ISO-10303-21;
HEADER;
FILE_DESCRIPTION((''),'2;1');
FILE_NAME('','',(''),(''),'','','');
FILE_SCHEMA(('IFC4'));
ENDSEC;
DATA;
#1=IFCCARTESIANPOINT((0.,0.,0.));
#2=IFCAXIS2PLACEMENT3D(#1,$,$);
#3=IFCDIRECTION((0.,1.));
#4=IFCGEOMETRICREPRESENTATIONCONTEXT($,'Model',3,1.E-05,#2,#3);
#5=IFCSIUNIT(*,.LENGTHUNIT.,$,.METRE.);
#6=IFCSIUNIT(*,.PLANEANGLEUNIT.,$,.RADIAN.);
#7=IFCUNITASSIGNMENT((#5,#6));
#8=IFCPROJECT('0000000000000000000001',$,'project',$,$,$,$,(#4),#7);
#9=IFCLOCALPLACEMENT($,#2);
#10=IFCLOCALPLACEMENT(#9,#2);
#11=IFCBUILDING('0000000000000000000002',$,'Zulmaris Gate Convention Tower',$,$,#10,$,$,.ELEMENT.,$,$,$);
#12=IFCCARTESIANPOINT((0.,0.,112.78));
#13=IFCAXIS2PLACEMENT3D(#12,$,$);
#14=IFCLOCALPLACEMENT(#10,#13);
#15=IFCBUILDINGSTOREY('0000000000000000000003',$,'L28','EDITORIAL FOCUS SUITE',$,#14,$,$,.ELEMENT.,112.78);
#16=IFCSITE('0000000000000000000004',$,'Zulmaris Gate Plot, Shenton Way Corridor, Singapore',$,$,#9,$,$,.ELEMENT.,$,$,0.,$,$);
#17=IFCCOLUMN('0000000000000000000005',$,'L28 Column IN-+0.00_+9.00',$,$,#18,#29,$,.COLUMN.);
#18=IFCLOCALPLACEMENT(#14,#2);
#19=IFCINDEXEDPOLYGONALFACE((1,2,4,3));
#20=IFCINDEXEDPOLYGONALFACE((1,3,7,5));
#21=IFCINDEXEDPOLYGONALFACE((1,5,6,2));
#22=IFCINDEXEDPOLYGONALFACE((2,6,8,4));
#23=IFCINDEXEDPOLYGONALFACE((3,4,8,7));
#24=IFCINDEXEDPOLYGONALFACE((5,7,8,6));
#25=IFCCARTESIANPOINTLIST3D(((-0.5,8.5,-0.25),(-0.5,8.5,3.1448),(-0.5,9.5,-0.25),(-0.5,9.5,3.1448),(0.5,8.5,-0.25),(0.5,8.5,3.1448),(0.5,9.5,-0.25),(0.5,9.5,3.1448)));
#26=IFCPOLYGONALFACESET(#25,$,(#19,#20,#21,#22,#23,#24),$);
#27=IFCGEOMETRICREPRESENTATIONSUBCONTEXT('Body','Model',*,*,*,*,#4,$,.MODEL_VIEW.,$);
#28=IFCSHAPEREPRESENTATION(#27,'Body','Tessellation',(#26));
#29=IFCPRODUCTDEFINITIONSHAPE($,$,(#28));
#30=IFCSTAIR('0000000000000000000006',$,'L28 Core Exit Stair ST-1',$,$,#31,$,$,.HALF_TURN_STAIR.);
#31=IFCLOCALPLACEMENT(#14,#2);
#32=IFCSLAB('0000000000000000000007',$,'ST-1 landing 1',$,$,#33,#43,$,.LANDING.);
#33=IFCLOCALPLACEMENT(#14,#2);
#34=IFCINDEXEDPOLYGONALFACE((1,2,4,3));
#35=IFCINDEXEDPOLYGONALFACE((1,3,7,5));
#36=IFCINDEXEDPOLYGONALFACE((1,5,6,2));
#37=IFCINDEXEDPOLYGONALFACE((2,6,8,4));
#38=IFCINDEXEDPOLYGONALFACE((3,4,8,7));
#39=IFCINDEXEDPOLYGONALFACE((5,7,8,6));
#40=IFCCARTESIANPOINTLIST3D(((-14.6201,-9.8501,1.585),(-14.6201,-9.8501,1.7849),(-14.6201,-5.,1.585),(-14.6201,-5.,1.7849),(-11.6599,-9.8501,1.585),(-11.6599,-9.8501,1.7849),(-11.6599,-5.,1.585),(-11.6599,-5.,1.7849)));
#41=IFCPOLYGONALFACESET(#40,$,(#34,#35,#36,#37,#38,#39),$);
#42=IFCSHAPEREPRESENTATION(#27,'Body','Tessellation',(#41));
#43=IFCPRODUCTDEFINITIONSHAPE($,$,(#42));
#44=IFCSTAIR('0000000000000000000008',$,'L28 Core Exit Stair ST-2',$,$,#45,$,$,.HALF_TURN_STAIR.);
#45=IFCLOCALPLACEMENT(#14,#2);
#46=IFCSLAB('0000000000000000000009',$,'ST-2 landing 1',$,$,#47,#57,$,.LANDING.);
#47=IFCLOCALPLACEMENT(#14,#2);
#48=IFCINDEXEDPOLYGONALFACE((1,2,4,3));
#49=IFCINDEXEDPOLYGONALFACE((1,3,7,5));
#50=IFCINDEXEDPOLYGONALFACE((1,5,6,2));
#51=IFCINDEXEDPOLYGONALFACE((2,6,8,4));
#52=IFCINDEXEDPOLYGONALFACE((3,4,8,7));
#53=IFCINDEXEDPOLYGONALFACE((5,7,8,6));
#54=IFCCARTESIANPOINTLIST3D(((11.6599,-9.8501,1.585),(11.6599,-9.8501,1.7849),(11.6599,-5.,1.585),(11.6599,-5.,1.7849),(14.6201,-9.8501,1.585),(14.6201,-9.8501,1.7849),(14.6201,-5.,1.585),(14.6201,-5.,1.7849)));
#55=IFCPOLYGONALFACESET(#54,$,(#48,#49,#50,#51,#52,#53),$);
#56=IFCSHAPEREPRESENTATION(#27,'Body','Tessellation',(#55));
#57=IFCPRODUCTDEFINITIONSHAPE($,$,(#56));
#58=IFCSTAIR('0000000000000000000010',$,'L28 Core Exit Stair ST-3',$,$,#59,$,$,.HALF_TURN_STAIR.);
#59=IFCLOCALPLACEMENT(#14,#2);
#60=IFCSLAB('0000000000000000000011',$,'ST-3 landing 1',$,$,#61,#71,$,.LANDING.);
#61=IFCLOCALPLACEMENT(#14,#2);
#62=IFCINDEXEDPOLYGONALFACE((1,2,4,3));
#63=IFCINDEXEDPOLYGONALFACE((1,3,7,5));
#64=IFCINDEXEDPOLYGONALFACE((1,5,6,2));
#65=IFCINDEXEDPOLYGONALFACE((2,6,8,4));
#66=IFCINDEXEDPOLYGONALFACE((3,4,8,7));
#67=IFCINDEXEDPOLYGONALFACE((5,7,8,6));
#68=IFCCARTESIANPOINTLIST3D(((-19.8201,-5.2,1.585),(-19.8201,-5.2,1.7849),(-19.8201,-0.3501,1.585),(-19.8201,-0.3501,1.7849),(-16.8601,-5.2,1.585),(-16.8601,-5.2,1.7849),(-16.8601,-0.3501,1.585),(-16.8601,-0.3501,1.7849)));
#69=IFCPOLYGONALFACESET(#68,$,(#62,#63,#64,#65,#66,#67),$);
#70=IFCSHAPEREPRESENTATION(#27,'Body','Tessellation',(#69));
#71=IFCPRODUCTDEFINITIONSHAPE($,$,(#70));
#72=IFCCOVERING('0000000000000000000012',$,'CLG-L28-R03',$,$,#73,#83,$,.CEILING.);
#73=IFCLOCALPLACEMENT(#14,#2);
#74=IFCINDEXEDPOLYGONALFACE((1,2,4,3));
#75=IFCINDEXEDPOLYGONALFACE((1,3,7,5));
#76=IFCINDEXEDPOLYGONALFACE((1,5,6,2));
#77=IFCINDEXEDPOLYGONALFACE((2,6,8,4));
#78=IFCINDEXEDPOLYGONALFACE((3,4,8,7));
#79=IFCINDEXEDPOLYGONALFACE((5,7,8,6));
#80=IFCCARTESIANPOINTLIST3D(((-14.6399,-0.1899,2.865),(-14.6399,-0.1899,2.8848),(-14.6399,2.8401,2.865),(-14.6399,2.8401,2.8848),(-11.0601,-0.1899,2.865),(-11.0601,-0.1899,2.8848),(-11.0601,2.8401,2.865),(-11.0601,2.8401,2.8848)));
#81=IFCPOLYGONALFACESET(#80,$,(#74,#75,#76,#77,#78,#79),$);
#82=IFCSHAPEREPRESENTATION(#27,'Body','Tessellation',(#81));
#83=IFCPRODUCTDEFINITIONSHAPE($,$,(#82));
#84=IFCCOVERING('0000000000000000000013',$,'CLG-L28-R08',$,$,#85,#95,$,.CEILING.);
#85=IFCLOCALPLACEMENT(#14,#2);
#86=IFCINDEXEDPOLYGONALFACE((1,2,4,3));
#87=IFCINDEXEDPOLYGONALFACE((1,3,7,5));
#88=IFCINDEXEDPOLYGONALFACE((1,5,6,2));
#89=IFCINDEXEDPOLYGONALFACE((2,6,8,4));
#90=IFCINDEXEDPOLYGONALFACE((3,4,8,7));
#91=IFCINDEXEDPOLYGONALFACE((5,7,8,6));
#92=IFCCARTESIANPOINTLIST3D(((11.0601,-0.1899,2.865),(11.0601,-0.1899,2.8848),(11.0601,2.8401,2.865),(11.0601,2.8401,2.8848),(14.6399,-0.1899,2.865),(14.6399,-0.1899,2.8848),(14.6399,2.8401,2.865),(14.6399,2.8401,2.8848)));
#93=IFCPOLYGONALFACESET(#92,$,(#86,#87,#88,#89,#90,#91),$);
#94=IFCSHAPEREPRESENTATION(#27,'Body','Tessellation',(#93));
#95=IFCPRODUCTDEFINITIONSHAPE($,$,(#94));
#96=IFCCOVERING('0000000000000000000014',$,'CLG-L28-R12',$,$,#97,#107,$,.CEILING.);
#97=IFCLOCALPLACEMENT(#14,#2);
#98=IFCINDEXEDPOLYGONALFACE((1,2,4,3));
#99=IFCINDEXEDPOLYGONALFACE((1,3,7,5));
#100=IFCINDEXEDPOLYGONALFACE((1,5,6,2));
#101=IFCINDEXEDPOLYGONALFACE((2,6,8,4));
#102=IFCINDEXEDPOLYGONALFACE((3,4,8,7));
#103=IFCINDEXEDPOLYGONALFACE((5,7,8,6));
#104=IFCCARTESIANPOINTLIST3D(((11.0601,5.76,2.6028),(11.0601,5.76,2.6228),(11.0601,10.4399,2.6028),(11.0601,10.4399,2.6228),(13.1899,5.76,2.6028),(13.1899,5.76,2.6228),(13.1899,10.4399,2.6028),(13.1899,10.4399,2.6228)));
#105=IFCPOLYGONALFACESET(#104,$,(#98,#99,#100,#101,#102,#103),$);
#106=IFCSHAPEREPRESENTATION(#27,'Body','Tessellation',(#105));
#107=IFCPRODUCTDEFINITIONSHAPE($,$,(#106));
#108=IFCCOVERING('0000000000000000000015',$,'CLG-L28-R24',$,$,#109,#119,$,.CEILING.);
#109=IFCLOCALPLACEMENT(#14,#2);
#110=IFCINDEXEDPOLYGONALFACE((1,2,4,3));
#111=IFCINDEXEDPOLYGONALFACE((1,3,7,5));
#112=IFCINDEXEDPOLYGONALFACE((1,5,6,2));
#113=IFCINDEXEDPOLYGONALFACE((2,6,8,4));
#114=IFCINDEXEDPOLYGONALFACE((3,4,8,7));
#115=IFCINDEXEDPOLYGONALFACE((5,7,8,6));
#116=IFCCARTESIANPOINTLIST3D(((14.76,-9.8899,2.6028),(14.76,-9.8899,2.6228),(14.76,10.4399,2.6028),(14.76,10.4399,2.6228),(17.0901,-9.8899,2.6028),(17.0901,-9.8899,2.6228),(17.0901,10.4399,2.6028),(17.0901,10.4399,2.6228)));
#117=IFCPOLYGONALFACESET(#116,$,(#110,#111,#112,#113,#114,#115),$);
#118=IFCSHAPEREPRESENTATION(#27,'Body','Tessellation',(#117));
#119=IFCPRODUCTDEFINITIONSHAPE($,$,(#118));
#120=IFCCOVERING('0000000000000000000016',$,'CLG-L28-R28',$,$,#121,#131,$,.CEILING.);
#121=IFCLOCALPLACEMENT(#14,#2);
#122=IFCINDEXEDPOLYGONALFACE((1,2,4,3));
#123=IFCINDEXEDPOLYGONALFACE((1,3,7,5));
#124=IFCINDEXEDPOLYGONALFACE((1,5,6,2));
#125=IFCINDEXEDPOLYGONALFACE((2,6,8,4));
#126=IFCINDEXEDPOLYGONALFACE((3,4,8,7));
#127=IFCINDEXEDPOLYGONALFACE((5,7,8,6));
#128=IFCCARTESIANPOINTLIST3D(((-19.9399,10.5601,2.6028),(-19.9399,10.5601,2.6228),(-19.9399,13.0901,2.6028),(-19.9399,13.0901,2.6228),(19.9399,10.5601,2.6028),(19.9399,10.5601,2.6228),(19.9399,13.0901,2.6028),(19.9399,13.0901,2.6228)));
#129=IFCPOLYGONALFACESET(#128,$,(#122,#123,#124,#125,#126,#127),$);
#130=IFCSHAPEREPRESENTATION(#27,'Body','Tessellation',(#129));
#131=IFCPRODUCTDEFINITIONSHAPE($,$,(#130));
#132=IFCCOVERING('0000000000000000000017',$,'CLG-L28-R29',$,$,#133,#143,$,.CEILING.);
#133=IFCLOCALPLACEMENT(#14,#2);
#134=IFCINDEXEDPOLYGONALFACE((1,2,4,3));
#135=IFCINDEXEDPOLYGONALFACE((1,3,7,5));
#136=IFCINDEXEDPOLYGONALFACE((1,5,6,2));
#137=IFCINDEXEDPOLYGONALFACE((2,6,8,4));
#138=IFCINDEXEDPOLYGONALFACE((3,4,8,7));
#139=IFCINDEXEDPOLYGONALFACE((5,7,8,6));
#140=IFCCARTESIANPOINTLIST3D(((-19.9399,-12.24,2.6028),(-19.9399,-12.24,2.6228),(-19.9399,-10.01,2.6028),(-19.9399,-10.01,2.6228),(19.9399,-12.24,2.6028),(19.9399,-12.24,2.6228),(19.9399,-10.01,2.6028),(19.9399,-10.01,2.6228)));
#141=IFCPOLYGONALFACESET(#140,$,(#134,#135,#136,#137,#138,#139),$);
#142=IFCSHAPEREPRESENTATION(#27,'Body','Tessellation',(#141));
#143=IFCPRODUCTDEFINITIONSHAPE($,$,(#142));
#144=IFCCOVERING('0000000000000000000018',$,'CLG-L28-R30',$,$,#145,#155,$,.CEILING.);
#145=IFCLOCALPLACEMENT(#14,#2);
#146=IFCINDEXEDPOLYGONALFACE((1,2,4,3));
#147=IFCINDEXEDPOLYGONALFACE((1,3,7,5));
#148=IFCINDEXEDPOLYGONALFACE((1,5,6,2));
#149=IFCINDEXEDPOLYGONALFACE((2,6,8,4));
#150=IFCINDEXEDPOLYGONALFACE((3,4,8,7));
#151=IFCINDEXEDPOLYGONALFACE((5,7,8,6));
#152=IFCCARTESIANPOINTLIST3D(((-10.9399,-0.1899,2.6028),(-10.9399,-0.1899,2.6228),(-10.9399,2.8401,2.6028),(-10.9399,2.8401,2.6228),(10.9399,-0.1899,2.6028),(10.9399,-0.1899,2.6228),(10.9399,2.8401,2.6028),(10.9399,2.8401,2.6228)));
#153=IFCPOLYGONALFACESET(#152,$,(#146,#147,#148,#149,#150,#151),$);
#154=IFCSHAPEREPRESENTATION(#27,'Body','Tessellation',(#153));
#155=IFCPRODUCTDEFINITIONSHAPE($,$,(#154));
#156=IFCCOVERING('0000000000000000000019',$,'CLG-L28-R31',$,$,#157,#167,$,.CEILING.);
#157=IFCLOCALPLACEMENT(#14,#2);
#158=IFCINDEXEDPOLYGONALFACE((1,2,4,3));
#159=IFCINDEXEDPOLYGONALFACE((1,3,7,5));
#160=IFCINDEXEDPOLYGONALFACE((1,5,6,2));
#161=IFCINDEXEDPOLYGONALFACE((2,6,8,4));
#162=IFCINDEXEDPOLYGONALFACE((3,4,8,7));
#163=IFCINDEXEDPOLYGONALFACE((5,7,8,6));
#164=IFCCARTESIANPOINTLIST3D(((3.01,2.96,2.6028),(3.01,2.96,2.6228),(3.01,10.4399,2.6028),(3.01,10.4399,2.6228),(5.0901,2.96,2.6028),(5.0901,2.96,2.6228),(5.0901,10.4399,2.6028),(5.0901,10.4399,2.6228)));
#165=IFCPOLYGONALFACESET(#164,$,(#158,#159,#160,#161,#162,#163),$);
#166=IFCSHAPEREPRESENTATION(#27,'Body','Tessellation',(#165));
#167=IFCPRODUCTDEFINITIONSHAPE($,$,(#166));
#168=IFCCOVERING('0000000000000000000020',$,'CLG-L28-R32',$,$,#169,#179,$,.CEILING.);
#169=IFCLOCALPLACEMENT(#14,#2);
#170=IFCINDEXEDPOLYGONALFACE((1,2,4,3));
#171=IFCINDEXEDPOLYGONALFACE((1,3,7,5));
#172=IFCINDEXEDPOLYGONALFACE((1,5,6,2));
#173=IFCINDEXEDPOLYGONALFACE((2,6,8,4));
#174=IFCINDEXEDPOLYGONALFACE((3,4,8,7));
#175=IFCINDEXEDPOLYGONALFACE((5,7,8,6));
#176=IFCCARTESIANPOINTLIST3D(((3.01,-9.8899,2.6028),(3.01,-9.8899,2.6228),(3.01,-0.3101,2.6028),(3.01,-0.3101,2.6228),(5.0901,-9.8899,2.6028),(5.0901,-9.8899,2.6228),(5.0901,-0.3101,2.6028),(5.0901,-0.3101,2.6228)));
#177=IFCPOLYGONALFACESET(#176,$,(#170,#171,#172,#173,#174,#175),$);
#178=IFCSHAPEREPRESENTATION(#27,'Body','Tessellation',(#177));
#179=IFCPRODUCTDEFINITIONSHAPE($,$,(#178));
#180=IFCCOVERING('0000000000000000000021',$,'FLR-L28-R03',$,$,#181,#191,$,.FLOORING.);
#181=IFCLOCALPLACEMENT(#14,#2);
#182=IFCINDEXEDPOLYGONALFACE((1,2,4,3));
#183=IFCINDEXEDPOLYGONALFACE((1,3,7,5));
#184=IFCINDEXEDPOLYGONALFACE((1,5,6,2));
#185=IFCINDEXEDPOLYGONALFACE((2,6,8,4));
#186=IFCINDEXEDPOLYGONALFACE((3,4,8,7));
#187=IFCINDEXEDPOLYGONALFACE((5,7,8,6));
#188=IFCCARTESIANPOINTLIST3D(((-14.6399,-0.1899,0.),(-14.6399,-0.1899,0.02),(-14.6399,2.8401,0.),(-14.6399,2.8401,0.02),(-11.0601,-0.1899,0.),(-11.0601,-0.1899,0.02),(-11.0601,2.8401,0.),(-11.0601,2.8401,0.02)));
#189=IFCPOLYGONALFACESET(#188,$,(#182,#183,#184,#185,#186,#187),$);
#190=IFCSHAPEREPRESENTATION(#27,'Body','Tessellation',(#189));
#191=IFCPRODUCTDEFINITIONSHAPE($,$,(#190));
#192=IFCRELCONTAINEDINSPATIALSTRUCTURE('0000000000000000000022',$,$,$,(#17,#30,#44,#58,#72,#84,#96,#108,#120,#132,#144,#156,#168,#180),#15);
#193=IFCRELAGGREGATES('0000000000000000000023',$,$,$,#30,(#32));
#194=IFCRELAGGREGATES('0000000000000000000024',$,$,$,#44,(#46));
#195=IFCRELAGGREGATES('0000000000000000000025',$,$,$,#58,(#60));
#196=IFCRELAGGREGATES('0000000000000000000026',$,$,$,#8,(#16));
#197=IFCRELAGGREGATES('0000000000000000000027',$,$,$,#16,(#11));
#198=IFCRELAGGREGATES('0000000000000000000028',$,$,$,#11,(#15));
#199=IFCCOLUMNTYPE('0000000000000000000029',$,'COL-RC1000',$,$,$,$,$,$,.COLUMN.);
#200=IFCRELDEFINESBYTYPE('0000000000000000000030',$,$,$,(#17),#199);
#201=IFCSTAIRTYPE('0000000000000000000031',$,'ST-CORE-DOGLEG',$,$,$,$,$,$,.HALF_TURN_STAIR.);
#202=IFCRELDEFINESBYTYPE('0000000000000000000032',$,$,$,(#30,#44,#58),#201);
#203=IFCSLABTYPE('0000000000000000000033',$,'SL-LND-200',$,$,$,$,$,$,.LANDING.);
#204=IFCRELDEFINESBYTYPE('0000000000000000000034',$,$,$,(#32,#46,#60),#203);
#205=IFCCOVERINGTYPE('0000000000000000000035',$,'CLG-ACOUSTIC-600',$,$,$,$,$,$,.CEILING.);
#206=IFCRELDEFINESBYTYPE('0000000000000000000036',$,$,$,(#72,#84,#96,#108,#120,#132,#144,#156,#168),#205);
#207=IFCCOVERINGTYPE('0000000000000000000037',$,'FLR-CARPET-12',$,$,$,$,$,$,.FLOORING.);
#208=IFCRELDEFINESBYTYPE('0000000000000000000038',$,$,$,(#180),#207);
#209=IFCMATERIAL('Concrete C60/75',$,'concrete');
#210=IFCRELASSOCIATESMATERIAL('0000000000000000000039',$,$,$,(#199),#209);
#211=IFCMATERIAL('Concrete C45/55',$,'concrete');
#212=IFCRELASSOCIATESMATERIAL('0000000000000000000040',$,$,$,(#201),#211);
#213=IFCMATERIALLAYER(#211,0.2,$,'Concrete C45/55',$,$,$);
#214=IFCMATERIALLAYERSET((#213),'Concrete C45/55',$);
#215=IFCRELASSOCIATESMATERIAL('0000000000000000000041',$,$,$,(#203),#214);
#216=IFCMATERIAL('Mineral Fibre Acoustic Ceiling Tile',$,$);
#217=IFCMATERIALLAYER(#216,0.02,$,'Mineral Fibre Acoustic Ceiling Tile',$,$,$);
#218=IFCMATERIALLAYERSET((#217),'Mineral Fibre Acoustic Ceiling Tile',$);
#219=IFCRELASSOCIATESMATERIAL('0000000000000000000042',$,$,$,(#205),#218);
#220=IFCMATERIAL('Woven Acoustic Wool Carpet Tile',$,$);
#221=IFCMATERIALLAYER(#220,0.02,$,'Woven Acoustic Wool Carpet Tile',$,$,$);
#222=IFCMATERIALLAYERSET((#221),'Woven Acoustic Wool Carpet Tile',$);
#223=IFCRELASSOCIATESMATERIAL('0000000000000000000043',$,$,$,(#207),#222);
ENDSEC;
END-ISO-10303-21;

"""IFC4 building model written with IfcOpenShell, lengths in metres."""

from ifc_helpers import new_model, si_unit, direction, frame, origin, origin_2d, place, context, subcontext, project, spatial, polyline, rectangle, outline, extrude, material, layer, layer_set, material_profile, profile_set, type_object, element, aggregate, save


model = new_model("IFC4")

# Units and contexts
model_context = context("Model", 3, precision=1e-05, world=origin(), true_north=direction((0.0, 1.0)))
body_context = subcontext(model_context, "Body", "Model", "MODEL_VIEW")
ifc_project = project(units=[si_unit("LENGTHUNIT", "METRE"), si_unit("PLANEANGLEUNIT", "RADIAN")], contexts=[model_context])

# Site, building, storey
site_placement = place(None, origin())
site = spatial("IfcSite", under=ifc_project, at=site_placement, Name="Zulmaris Gate Plot, Shenton Way Corridor, Singapore", CompositionType="ELEMENT", RefElevation=0.0)
building_placement = place(site_placement, origin())
building = spatial("IfcBuilding", under=site, at=building_placement, Name="Zulmaris Gate Convention Tower", CompositionType="ELEMENT")
storey_placement = place(building_placement, frame((0.0, 0.0, 112.78)))
storey = spatial("IfcBuildingStorey", under=building, at=storey_placement, Name="L28", Description="EDITORIAL FOCUS SUITE", CompositionType="ELEMENT", Elevation=112.78)

# Column
ifc_material_1 = material(Name="Concrete C60/75", Category="concrete")
ifc_material_profile = material_profile(ifc_material_1, rectangle(XDim=1.0, YDim=1.0, at=origin_2d()), Name="RC COL 1000x1000")
ifc_profile_set = profile_set([ifc_material_profile], Name="Concrete C60/75")
column_type = type_object("IfcColumnType", Name="COL-RC1000", PredefinedType="COLUMN", material=ifc_profile_set)
column_placement = place(storey_placement, frame((0.0, 9.0, -0.25), z_axis=(0.0, 0.0, 1.0), x_axis=(1.0, 0.0, 0.0)))
element("IfcColumn", 1, at=column_placement, inside=storey, type_object=column_type, Name="L28 Column IN-+0.00_+9.00", PredefinedType="COLUMN", context=body_context, shape_type="SweptSolid", body=[
    extrude(rectangle(XDim=1.0, YDim=1.0, at=origin_2d()), origin(), (0.0, 0.0, 1.0), 3.3948),
])

# Stairs, slabs
ifc_material_2 = material(Name="Concrete C45/55", Category="concrete")
stair_type = type_object("IfcStairType", Name="ST-CORE-DOGLEG", PredefinedType="HALF_TURN_STAIR", material=ifc_material_2)
stair_1_placement = place(storey_placement, origin())
stair_1 = element("IfcStair", 2, at=stair_1_placement, inside=storey, type_object=stair_type, Name="L28 Core Exit Stair ST-1", PredefinedType="HALF_TURN_STAIR")
ifc_layer_1 = layer(ifc_material_2, 0.2, Name="Concrete C45/55")
ifc_layer_set_1 = layer_set([ifc_layer_1], Name="Concrete C45/55")
slab_type = type_object("IfcSlabType", Name="SL-LND-200", PredefinedType="LANDING", material=ifc_layer_set_1)
slab_1_placement = place(storey_placement, frame((0.0, 0.0, 1.585)))
slab_1 = element("IfcSlab", 3, at=slab_1_placement, type_object=slab_type, Name="ST-1 landing 1", PredefinedType="LANDING", context=body_context, shape_type="SweptSolid", body=[
    extrude(outline(polyline([(-14.6201, -5.0), (-14.6201, -9.8501), (-11.6599, -9.8501), (-11.6599, -5.0), (-14.6201, -5.0)])), origin(), (0.0, 0.0, 1.0), 0.2),
])
aggregate(stair_1, [slab_1])
stair_2_placement = place(storey_placement, origin())
stair_2 = element("IfcStair", 4, at=stair_2_placement, inside=storey, type_object=stair_type, Name="L28 Core Exit Stair ST-2", PredefinedType="HALF_TURN_STAIR")
slab_2_placement = place(storey_placement, frame((0.0, 0.0, 1.585)))
slab_2 = element("IfcSlab", 5, at=slab_2_placement, type_object=slab_type, Name="ST-2 landing 1", PredefinedType="LANDING", context=body_context, shape_type="SweptSolid", body=[
    extrude(outline(polyline([(11.6599, -5.0), (11.6599, -9.8501), (14.6201, -9.8501), (14.6201, -5.0), (11.6599, -5.0)])), origin(), (0.0, 0.0, 1.0), 0.2),
])
aggregate(stair_2, [slab_2])
stair_3_placement = place(storey_placement, origin())
stair_3 = element("IfcStair", 6, at=stair_3_placement, inside=storey, type_object=stair_type, Name="L28 Core Exit Stair ST-3", PredefinedType="HALF_TURN_STAIR")
slab_3_placement = place(storey_placement, frame((0.0, 0.0, 1.585)))
slab_3 = element("IfcSlab", 7, at=slab_3_placement, type_object=slab_type, Name="ST-3 landing 1", PredefinedType="LANDING", context=body_context, shape_type="SweptSolid", body=[
    extrude(outline(polyline([(-16.8601, -5.2), (-16.8601, -0.3501), (-19.8201, -0.3501), (-19.8201, -5.2), (-16.8601, -5.2)])), origin(), (0.0, 0.0, 1.0), 0.2),
])
aggregate(stair_3, [slab_3])

# Coverings
ifc_material_3 = material(Name="Mineral Fibre Acoustic Ceiling Tile")
ifc_layer_2 = layer(ifc_material_3, 0.02, Name="Mineral Fibre Acoustic Ceiling Tile")
ifc_layer_set_2 = layer_set([ifc_layer_2], Name="Mineral Fibre Acoustic Ceiling Tile")
covering_type_1 = type_object("IfcCoveringType", Name="CLG-ACOUSTIC-600", PredefinedType="CEILING", material=ifc_layer_set_2)
covering_1_placement = place(storey_placement, frame((0.0, 0.0, 2.865)))
element("IfcCovering", 8, at=covering_1_placement, inside=storey, type_object=covering_type_1, Name="CLG-L28-R03", PredefinedType="CEILING", context=body_context, shape_type="SweptSolid", body=[
    extrude(outline(polyline([(-14.6399, -0.1899), (-11.0601, -0.1899), (-11.0601, 2.8401), (-14.6399, 2.8401), (-14.6399, -0.1899)])), origin(), (0.0, 0.0, 1.0), 0.0198),
])
covering_2_placement = place(storey_placement, frame((0.0, 0.0, 2.865)))
element("IfcCovering", 9, at=covering_2_placement, inside=storey, type_object=covering_type_1, Name="CLG-L28-R08", PredefinedType="CEILING", context=body_context, shape_type="SweptSolid", body=[
    extrude(outline(polyline([(11.0601, -0.1899), (14.6399, -0.1899), (14.6399, 2.8401), (11.0601, 2.8401), (11.0601, -0.1899)])), origin(), (0.0, 0.0, 1.0), 0.0198),
])
covering_3_placement = place(storey_placement, frame((0.0, 0.0, 2.6028)))
element("IfcCovering", 10, at=covering_3_placement, inside=storey, type_object=covering_type_1, Name="CLG-L28-R12", PredefinedType="CEILING", context=body_context, shape_type="SweptSolid", body=[
    extrude(outline(polyline([(11.0601, 5.76), (13.1899, 5.76), (13.1899, 10.4399), (11.0601, 10.4399), (11.0601, 5.76)])), origin(), (0.0, 0.0, 1.0), 0.02),
])
covering_4_placement = place(storey_placement, frame((0.0, 0.0, 2.6028)))
element("IfcCovering", 11, at=covering_4_placement, inside=storey, type_object=covering_type_1, Name="CLG-L28-R24", PredefinedType="CEILING", context=body_context, shape_type="SweptSolid", body=[
    extrude(outline(polyline([(14.76, -9.8899), (17.0901, -9.8899), (17.0901, 10.4399), (14.76, 10.4399), (14.76, -9.8899)])), origin(), (0.0, 0.0, 1.0), 0.02),
])
covering_5_placement = place(storey_placement, frame((0.0, 0.0, 2.6028)))
element("IfcCovering", 12, at=covering_5_placement, inside=storey, type_object=covering_type_1, Name="CLG-L28-R28", PredefinedType="CEILING", context=body_context, shape_type="SweptSolid", body=[
    extrude(outline(polyline([(-19.9399, 10.5601), (19.9399, 10.5601), (19.9399, 13.0901), (-19.9399, 13.0901), (-19.9399, 10.5601)])), origin(), (0.0, 0.0, 1.0), 0.02),
])
covering_6_placement = place(storey_placement, frame((0.0, 0.0, 2.6028)))
element("IfcCovering", 13, at=covering_6_placement, inside=storey, type_object=covering_type_1, Name="CLG-L28-R29", PredefinedType="CEILING", context=body_context, shape_type="SweptSolid", body=[
    extrude(outline(polyline([(-19.9399, -12.24), (19.9399, -12.24), (19.9399, -10.01), (-19.9399, -10.01), (-19.9399, -12.24)])), origin(), (0.0, 0.0, 1.0), 0.02),
])
covering_7_placement = place(storey_placement, frame((0.0, 0.0, 2.6028)))
element("IfcCovering", 14, at=covering_7_placement, inside=storey, type_object=covering_type_1, Name="CLG-L28-R30", PredefinedType="CEILING", context=body_context, shape_type="SweptSolid", body=[
    extrude(outline(polyline([(-10.9399, -0.1899), (10.9399, -0.1899), (10.9399, 2.8401), (-10.9399, 2.8401), (-10.9399, -0.1899)])), origin(), (0.0, 0.0, 1.0), 0.02),
])
covering_8_placement = place(storey_placement, frame((0.0, 0.0, 2.6028)))
element("IfcCovering", 15, at=covering_8_placement, inside=storey, type_object=covering_type_1, Name="CLG-L28-R31", PredefinedType="CEILING", context=body_context, shape_type="SweptSolid", body=[
    extrude(outline(polyline([(3.01, 2.96), (5.0901, 2.96), (5.0901, 10.4399), (3.01, 10.4399), (3.01, 2.96)])), origin(), (0.0, 0.0, 1.0), 0.02),
])
covering_9_placement = place(storey_placement, frame((0.0, 0.0, 2.6028)))
element("IfcCovering", 16, at=covering_9_placement, inside=storey, type_object=covering_type_1, Name="CLG-L28-R32", PredefinedType="CEILING", context=body_context, shape_type="SweptSolid", body=[
    extrude(outline(polyline([(3.01, -9.8899), (5.0901, -9.8899), (5.0901, -0.3101), (3.01, -0.3101), (3.01, -9.8899)])), origin(), (0.0, 0.0, 1.0), 0.02),
])
ifc_material_4 = material(Name="Woven Acoustic Wool Carpet Tile")
ifc_layer_3 = layer(ifc_material_4, 0.02, Name="Woven Acoustic Wool Carpet Tile")
ifc_layer_set_3 = layer_set([ifc_layer_3], Name="Woven Acoustic Wool Carpet Tile")
covering_type_2 = type_object("IfcCoveringType", Name="FLR-CARPET-12", PredefinedType="FLOORING", material=ifc_layer_set_3)
covering_10_placement = place(storey_placement, origin())
element("IfcCovering", 17, at=covering_10_placement, inside=storey, type_object=covering_type_2, Name="FLR-L28-R03", PredefinedType="FLOORING", context=body_context, shape_type="SweptSolid", body=[
    extrude(outline(polyline([(-14.6399, -0.1899), (-11.0601, -0.1899), (-11.0601, 2.8401), (-14.6399, 2.8401), (-14.6399, -0.1899)])), origin(), (0.0, 0.0, 1.0), 0.02),
])

save(model, "model.ifc")
